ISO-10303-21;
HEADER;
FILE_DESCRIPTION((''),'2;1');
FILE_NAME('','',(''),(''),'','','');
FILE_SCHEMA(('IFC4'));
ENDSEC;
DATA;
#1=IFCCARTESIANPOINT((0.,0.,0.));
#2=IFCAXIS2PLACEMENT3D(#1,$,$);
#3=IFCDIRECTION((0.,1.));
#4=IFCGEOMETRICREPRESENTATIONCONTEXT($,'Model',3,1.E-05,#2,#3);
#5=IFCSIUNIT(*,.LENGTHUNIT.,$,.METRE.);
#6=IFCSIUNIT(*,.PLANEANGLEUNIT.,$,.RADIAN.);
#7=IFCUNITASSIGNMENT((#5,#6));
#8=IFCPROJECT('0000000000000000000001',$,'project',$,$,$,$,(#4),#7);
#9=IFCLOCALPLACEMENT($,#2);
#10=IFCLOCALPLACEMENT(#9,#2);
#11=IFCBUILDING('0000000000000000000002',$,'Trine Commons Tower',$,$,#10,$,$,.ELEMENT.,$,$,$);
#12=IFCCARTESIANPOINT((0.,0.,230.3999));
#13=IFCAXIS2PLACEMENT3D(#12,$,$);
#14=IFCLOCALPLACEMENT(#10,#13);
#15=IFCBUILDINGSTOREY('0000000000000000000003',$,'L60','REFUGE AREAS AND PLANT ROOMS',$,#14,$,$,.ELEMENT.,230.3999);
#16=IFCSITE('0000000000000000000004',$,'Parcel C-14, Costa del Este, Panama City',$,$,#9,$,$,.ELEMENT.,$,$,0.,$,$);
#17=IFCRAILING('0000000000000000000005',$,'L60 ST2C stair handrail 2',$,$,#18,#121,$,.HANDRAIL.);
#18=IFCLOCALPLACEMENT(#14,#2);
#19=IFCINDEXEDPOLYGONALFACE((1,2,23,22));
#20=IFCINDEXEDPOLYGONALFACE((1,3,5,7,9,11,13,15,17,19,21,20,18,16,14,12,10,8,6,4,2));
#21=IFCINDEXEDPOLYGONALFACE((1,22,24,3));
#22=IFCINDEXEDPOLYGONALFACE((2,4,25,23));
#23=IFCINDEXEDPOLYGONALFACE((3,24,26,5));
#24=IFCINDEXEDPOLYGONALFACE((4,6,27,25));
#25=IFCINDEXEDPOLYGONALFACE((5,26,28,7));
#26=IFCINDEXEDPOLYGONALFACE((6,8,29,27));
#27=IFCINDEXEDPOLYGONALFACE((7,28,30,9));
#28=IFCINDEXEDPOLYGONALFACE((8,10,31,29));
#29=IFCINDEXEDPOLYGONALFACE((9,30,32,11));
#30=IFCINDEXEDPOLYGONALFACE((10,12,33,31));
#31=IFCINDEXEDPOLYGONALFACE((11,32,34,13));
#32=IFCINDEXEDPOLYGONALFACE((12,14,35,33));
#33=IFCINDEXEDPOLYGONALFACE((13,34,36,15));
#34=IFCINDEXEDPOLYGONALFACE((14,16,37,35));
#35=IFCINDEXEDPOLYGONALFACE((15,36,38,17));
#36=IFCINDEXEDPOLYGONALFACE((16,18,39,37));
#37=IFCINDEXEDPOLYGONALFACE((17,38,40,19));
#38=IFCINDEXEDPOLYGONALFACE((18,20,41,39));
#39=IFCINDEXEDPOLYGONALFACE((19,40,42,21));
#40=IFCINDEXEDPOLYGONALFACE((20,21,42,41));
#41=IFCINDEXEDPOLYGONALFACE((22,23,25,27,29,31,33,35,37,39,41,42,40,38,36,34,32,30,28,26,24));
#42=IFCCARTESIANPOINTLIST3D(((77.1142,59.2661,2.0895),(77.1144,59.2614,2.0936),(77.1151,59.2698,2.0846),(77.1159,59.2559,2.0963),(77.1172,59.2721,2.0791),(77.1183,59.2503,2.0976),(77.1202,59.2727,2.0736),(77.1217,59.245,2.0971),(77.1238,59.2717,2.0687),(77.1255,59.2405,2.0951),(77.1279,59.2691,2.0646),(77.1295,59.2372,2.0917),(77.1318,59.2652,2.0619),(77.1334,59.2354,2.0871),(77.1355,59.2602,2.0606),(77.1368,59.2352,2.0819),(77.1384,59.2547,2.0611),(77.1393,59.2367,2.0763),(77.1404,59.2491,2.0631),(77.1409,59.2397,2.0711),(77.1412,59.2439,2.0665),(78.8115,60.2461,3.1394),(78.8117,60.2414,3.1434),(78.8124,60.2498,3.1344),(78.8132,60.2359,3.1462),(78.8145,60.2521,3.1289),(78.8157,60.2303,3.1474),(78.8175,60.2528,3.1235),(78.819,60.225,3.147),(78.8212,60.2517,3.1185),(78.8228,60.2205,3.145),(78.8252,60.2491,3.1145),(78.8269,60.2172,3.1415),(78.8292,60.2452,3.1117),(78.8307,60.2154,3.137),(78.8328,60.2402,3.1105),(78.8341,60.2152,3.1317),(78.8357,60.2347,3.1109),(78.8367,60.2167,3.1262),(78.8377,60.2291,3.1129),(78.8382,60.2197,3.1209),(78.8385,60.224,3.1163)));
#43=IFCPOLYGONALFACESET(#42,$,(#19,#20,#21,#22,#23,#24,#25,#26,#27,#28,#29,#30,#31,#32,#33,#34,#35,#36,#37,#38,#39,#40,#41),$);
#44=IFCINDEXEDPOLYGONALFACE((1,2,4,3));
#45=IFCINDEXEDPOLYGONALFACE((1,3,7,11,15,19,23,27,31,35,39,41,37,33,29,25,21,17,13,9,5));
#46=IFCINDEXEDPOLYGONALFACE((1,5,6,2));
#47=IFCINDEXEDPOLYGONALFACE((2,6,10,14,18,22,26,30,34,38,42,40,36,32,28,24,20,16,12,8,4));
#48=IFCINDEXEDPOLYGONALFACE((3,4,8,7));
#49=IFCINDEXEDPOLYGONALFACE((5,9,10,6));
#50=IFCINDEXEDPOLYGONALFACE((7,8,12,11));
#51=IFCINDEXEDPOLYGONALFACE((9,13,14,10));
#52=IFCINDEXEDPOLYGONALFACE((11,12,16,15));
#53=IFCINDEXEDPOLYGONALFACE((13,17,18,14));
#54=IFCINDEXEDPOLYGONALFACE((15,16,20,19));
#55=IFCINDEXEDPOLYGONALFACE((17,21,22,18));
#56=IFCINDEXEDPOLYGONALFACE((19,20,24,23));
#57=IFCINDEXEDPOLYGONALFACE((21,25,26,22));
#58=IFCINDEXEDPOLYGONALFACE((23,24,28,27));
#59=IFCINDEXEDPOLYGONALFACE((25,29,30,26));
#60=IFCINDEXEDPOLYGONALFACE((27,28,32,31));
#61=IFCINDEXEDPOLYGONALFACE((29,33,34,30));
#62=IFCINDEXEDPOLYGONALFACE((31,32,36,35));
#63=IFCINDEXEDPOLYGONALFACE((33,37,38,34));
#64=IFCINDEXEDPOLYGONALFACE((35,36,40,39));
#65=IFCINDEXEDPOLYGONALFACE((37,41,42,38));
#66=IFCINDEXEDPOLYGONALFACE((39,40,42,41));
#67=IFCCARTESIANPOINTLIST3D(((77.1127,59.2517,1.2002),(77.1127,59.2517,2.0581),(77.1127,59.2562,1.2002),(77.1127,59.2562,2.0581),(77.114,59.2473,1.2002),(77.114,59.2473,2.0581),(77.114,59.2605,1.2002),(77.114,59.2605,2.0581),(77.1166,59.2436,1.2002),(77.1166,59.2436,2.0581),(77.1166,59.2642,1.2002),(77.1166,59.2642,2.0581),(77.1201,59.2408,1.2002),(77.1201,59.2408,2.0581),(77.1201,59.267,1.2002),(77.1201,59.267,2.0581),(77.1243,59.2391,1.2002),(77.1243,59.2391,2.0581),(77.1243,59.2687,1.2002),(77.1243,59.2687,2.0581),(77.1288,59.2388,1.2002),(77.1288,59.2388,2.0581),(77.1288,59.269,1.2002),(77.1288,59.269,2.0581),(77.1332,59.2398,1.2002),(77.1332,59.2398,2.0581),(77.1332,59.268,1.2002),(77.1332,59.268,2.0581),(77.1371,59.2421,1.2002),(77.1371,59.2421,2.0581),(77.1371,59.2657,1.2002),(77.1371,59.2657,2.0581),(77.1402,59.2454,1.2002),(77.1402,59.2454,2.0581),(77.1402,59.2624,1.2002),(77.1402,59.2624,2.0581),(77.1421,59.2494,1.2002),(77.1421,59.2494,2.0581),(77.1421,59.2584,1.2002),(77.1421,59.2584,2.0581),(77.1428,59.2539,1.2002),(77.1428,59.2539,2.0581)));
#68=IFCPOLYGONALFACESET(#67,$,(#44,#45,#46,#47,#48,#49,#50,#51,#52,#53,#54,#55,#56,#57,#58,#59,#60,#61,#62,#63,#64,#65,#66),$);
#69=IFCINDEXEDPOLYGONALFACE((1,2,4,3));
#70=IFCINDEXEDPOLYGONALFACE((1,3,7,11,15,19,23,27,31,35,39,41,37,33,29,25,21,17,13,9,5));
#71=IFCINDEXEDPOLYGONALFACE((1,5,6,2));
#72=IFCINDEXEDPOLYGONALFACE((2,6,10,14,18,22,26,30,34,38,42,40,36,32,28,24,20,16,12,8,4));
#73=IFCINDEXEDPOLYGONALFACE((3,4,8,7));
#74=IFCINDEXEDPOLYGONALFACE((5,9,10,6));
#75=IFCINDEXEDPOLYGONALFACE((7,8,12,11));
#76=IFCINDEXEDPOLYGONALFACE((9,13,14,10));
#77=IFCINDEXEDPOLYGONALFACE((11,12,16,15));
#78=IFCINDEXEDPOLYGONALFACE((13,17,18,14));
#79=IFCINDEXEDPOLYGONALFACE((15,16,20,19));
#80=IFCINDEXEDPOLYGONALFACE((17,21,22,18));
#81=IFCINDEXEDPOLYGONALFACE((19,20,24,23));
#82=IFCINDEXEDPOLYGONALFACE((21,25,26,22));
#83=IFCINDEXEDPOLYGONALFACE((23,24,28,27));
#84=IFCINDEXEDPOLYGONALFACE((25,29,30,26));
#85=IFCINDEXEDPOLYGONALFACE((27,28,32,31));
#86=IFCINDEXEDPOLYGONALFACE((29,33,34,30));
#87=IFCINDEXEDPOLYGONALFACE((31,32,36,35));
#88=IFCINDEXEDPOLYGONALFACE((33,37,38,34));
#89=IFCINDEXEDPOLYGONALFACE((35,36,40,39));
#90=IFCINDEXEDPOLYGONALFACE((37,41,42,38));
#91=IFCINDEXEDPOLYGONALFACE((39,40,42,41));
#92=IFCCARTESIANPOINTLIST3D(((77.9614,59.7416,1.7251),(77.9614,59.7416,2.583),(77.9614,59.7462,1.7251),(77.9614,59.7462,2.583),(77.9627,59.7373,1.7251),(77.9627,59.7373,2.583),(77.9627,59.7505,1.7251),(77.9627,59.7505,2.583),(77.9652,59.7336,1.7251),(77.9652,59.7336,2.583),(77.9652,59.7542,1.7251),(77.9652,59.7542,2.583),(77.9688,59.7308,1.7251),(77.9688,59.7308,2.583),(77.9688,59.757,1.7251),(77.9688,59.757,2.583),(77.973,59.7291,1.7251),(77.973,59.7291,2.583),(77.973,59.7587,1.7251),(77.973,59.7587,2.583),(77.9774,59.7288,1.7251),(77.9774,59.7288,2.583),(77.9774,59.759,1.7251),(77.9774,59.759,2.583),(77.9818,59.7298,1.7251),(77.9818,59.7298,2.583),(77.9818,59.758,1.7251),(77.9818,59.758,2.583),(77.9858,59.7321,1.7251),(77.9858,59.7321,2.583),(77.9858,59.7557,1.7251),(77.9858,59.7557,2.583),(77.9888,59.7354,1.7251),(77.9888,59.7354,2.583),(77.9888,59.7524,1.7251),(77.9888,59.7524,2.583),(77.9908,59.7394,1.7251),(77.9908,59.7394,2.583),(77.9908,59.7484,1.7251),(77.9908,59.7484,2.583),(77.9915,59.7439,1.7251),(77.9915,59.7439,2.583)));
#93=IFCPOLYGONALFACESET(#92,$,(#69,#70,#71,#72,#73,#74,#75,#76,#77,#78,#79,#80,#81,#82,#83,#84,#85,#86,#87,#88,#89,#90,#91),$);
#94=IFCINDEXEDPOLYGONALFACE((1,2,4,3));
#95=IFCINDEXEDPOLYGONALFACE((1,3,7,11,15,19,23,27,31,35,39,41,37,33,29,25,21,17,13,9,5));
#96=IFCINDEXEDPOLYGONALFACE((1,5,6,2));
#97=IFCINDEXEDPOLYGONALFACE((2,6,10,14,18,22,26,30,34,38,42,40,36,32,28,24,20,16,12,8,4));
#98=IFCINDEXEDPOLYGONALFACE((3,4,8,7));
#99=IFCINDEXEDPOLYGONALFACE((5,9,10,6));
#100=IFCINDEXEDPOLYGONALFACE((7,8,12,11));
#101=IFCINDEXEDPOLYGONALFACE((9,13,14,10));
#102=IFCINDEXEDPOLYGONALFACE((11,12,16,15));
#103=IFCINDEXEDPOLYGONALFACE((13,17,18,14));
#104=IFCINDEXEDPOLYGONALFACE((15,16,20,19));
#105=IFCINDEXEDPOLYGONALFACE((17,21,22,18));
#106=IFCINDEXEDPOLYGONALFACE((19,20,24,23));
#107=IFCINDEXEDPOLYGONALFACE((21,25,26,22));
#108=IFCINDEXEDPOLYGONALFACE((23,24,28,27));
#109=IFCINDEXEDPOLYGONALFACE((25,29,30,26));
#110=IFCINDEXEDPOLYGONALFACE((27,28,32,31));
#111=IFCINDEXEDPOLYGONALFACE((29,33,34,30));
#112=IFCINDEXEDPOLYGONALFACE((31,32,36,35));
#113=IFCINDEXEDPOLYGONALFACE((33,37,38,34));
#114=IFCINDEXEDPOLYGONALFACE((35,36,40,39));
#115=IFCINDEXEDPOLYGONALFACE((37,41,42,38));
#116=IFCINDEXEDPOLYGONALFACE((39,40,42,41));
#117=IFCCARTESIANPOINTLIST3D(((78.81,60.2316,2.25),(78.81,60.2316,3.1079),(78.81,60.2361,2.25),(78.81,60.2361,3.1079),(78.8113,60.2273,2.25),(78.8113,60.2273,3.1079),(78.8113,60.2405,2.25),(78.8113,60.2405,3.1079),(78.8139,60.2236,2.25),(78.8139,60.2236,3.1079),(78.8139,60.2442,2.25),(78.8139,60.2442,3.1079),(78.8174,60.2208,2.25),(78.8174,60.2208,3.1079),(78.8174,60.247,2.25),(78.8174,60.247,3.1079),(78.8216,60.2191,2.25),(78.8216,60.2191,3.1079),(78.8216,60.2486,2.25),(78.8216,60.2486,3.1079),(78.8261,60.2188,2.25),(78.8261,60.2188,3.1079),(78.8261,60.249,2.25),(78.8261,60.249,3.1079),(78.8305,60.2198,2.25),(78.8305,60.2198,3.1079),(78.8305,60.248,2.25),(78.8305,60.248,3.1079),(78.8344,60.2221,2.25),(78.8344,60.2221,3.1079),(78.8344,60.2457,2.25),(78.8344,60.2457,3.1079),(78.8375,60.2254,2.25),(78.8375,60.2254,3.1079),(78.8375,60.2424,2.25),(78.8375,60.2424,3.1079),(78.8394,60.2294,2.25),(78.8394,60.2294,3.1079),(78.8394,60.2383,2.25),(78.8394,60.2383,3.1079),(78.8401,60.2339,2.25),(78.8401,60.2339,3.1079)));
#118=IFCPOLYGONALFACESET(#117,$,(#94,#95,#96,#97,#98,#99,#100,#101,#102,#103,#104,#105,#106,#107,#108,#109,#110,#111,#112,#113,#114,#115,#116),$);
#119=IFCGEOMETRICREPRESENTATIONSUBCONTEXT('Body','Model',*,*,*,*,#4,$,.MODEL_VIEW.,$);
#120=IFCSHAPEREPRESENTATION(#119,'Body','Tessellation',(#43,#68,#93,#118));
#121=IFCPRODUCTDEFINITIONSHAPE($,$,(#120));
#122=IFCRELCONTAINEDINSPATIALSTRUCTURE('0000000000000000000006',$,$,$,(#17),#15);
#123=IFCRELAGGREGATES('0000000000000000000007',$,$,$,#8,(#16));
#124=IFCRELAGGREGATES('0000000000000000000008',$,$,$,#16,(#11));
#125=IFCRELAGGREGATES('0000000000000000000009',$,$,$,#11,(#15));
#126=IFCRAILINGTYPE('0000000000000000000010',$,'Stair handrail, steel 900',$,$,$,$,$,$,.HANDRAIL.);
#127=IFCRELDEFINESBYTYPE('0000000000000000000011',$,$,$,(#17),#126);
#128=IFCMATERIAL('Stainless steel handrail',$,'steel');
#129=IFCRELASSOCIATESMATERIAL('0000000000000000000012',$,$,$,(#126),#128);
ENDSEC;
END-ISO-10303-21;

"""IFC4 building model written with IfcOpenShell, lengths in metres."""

from ifc_helpers import new_model, si_unit, direction, frame, origin, origin_2d, place, context, subcontext, project, spatial, circle, extrude, material, type_object, element, save


model = new_model("IFC4")

# Units and contexts
model_context = context("Model", 3, precision=1e-05, world=origin(), true_north=direction((0.0, 1.0)))
body_context = subcontext(model_context, "Body", "Model", "MODEL_VIEW")
ifc_project = project(units=[si_unit("LENGTHUNIT", "METRE"), si_unit("PLANEANGLEUNIT", "RADIAN")], contexts=[model_context])

# Site, building, storey
site_placement = place(None, origin())
site = spatial("IfcSite", under=ifc_project, at=site_placement, Name="Parcel C-14, Costa del Este, Panama City", CompositionType="ELEMENT", RefElevation=0.0)
building_placement = place(site_placement, origin())
building = spatial("IfcBuilding", under=site, at=building_placement, Name="Trine Commons Tower", CompositionType="ELEMENT")
storey_placement = place(building_placement, frame((0.0, 0.0, 230.3999)))
storey = spatial("IfcBuildingStorey", under=building, at=storey_placement, Name="L60", Description="REFUGE AREAS AND PLANT ROOMS", CompositionType="ELEMENT", Elevation=230.3999)

# Railing
ifc_material_1 = material(Name="Stainless steel handrail", Category="steel")
railing_type_1 = type_object("IfcRailingType", Name="Stair handrail, steel 900", PredefinedType="HANDRAIL", material=ifc_material_1)
railing_1_placement = place(storey_placement, frame((77.1277, 59.2539, 1.2002)))
element("IfcRailing", 1, at=railing_1_placement, inside=storey, type_object=railing_type_1, Name="L60 ST2C stair handrail 2", PredefinedType="HANDRAIL", context=body_context, shape_type="SweptSolid", body=[
    extrude(circle(Radius=0.021, at=origin_2d()), frame((0.0, 0.0, 0.8789), z_axis=(0.763392, 0.440773, 0.472178), x_axis=(-0.500024, 0.866011, 0.0)), (0.0, 0.0, 1.0), 2.2234),
    extrude(circle(Radius=0.0151, at=origin_2d()), origin(), (0.0, 0.0, 1.0), 0.8579),
    extrude(circle(Radius=0.0151, at=origin_2d()), frame((0.8486, 0.49, 0.5249)), (0.0, 0.0, 1.0), 0.8579),
    extrude(circle(Radius=0.0151, at=origin_2d()), frame((1.6973, 0.98, 1.0498)), (0.0, 0.0, 1.0), 0.8579),
])

save(model, "model.ifc")
